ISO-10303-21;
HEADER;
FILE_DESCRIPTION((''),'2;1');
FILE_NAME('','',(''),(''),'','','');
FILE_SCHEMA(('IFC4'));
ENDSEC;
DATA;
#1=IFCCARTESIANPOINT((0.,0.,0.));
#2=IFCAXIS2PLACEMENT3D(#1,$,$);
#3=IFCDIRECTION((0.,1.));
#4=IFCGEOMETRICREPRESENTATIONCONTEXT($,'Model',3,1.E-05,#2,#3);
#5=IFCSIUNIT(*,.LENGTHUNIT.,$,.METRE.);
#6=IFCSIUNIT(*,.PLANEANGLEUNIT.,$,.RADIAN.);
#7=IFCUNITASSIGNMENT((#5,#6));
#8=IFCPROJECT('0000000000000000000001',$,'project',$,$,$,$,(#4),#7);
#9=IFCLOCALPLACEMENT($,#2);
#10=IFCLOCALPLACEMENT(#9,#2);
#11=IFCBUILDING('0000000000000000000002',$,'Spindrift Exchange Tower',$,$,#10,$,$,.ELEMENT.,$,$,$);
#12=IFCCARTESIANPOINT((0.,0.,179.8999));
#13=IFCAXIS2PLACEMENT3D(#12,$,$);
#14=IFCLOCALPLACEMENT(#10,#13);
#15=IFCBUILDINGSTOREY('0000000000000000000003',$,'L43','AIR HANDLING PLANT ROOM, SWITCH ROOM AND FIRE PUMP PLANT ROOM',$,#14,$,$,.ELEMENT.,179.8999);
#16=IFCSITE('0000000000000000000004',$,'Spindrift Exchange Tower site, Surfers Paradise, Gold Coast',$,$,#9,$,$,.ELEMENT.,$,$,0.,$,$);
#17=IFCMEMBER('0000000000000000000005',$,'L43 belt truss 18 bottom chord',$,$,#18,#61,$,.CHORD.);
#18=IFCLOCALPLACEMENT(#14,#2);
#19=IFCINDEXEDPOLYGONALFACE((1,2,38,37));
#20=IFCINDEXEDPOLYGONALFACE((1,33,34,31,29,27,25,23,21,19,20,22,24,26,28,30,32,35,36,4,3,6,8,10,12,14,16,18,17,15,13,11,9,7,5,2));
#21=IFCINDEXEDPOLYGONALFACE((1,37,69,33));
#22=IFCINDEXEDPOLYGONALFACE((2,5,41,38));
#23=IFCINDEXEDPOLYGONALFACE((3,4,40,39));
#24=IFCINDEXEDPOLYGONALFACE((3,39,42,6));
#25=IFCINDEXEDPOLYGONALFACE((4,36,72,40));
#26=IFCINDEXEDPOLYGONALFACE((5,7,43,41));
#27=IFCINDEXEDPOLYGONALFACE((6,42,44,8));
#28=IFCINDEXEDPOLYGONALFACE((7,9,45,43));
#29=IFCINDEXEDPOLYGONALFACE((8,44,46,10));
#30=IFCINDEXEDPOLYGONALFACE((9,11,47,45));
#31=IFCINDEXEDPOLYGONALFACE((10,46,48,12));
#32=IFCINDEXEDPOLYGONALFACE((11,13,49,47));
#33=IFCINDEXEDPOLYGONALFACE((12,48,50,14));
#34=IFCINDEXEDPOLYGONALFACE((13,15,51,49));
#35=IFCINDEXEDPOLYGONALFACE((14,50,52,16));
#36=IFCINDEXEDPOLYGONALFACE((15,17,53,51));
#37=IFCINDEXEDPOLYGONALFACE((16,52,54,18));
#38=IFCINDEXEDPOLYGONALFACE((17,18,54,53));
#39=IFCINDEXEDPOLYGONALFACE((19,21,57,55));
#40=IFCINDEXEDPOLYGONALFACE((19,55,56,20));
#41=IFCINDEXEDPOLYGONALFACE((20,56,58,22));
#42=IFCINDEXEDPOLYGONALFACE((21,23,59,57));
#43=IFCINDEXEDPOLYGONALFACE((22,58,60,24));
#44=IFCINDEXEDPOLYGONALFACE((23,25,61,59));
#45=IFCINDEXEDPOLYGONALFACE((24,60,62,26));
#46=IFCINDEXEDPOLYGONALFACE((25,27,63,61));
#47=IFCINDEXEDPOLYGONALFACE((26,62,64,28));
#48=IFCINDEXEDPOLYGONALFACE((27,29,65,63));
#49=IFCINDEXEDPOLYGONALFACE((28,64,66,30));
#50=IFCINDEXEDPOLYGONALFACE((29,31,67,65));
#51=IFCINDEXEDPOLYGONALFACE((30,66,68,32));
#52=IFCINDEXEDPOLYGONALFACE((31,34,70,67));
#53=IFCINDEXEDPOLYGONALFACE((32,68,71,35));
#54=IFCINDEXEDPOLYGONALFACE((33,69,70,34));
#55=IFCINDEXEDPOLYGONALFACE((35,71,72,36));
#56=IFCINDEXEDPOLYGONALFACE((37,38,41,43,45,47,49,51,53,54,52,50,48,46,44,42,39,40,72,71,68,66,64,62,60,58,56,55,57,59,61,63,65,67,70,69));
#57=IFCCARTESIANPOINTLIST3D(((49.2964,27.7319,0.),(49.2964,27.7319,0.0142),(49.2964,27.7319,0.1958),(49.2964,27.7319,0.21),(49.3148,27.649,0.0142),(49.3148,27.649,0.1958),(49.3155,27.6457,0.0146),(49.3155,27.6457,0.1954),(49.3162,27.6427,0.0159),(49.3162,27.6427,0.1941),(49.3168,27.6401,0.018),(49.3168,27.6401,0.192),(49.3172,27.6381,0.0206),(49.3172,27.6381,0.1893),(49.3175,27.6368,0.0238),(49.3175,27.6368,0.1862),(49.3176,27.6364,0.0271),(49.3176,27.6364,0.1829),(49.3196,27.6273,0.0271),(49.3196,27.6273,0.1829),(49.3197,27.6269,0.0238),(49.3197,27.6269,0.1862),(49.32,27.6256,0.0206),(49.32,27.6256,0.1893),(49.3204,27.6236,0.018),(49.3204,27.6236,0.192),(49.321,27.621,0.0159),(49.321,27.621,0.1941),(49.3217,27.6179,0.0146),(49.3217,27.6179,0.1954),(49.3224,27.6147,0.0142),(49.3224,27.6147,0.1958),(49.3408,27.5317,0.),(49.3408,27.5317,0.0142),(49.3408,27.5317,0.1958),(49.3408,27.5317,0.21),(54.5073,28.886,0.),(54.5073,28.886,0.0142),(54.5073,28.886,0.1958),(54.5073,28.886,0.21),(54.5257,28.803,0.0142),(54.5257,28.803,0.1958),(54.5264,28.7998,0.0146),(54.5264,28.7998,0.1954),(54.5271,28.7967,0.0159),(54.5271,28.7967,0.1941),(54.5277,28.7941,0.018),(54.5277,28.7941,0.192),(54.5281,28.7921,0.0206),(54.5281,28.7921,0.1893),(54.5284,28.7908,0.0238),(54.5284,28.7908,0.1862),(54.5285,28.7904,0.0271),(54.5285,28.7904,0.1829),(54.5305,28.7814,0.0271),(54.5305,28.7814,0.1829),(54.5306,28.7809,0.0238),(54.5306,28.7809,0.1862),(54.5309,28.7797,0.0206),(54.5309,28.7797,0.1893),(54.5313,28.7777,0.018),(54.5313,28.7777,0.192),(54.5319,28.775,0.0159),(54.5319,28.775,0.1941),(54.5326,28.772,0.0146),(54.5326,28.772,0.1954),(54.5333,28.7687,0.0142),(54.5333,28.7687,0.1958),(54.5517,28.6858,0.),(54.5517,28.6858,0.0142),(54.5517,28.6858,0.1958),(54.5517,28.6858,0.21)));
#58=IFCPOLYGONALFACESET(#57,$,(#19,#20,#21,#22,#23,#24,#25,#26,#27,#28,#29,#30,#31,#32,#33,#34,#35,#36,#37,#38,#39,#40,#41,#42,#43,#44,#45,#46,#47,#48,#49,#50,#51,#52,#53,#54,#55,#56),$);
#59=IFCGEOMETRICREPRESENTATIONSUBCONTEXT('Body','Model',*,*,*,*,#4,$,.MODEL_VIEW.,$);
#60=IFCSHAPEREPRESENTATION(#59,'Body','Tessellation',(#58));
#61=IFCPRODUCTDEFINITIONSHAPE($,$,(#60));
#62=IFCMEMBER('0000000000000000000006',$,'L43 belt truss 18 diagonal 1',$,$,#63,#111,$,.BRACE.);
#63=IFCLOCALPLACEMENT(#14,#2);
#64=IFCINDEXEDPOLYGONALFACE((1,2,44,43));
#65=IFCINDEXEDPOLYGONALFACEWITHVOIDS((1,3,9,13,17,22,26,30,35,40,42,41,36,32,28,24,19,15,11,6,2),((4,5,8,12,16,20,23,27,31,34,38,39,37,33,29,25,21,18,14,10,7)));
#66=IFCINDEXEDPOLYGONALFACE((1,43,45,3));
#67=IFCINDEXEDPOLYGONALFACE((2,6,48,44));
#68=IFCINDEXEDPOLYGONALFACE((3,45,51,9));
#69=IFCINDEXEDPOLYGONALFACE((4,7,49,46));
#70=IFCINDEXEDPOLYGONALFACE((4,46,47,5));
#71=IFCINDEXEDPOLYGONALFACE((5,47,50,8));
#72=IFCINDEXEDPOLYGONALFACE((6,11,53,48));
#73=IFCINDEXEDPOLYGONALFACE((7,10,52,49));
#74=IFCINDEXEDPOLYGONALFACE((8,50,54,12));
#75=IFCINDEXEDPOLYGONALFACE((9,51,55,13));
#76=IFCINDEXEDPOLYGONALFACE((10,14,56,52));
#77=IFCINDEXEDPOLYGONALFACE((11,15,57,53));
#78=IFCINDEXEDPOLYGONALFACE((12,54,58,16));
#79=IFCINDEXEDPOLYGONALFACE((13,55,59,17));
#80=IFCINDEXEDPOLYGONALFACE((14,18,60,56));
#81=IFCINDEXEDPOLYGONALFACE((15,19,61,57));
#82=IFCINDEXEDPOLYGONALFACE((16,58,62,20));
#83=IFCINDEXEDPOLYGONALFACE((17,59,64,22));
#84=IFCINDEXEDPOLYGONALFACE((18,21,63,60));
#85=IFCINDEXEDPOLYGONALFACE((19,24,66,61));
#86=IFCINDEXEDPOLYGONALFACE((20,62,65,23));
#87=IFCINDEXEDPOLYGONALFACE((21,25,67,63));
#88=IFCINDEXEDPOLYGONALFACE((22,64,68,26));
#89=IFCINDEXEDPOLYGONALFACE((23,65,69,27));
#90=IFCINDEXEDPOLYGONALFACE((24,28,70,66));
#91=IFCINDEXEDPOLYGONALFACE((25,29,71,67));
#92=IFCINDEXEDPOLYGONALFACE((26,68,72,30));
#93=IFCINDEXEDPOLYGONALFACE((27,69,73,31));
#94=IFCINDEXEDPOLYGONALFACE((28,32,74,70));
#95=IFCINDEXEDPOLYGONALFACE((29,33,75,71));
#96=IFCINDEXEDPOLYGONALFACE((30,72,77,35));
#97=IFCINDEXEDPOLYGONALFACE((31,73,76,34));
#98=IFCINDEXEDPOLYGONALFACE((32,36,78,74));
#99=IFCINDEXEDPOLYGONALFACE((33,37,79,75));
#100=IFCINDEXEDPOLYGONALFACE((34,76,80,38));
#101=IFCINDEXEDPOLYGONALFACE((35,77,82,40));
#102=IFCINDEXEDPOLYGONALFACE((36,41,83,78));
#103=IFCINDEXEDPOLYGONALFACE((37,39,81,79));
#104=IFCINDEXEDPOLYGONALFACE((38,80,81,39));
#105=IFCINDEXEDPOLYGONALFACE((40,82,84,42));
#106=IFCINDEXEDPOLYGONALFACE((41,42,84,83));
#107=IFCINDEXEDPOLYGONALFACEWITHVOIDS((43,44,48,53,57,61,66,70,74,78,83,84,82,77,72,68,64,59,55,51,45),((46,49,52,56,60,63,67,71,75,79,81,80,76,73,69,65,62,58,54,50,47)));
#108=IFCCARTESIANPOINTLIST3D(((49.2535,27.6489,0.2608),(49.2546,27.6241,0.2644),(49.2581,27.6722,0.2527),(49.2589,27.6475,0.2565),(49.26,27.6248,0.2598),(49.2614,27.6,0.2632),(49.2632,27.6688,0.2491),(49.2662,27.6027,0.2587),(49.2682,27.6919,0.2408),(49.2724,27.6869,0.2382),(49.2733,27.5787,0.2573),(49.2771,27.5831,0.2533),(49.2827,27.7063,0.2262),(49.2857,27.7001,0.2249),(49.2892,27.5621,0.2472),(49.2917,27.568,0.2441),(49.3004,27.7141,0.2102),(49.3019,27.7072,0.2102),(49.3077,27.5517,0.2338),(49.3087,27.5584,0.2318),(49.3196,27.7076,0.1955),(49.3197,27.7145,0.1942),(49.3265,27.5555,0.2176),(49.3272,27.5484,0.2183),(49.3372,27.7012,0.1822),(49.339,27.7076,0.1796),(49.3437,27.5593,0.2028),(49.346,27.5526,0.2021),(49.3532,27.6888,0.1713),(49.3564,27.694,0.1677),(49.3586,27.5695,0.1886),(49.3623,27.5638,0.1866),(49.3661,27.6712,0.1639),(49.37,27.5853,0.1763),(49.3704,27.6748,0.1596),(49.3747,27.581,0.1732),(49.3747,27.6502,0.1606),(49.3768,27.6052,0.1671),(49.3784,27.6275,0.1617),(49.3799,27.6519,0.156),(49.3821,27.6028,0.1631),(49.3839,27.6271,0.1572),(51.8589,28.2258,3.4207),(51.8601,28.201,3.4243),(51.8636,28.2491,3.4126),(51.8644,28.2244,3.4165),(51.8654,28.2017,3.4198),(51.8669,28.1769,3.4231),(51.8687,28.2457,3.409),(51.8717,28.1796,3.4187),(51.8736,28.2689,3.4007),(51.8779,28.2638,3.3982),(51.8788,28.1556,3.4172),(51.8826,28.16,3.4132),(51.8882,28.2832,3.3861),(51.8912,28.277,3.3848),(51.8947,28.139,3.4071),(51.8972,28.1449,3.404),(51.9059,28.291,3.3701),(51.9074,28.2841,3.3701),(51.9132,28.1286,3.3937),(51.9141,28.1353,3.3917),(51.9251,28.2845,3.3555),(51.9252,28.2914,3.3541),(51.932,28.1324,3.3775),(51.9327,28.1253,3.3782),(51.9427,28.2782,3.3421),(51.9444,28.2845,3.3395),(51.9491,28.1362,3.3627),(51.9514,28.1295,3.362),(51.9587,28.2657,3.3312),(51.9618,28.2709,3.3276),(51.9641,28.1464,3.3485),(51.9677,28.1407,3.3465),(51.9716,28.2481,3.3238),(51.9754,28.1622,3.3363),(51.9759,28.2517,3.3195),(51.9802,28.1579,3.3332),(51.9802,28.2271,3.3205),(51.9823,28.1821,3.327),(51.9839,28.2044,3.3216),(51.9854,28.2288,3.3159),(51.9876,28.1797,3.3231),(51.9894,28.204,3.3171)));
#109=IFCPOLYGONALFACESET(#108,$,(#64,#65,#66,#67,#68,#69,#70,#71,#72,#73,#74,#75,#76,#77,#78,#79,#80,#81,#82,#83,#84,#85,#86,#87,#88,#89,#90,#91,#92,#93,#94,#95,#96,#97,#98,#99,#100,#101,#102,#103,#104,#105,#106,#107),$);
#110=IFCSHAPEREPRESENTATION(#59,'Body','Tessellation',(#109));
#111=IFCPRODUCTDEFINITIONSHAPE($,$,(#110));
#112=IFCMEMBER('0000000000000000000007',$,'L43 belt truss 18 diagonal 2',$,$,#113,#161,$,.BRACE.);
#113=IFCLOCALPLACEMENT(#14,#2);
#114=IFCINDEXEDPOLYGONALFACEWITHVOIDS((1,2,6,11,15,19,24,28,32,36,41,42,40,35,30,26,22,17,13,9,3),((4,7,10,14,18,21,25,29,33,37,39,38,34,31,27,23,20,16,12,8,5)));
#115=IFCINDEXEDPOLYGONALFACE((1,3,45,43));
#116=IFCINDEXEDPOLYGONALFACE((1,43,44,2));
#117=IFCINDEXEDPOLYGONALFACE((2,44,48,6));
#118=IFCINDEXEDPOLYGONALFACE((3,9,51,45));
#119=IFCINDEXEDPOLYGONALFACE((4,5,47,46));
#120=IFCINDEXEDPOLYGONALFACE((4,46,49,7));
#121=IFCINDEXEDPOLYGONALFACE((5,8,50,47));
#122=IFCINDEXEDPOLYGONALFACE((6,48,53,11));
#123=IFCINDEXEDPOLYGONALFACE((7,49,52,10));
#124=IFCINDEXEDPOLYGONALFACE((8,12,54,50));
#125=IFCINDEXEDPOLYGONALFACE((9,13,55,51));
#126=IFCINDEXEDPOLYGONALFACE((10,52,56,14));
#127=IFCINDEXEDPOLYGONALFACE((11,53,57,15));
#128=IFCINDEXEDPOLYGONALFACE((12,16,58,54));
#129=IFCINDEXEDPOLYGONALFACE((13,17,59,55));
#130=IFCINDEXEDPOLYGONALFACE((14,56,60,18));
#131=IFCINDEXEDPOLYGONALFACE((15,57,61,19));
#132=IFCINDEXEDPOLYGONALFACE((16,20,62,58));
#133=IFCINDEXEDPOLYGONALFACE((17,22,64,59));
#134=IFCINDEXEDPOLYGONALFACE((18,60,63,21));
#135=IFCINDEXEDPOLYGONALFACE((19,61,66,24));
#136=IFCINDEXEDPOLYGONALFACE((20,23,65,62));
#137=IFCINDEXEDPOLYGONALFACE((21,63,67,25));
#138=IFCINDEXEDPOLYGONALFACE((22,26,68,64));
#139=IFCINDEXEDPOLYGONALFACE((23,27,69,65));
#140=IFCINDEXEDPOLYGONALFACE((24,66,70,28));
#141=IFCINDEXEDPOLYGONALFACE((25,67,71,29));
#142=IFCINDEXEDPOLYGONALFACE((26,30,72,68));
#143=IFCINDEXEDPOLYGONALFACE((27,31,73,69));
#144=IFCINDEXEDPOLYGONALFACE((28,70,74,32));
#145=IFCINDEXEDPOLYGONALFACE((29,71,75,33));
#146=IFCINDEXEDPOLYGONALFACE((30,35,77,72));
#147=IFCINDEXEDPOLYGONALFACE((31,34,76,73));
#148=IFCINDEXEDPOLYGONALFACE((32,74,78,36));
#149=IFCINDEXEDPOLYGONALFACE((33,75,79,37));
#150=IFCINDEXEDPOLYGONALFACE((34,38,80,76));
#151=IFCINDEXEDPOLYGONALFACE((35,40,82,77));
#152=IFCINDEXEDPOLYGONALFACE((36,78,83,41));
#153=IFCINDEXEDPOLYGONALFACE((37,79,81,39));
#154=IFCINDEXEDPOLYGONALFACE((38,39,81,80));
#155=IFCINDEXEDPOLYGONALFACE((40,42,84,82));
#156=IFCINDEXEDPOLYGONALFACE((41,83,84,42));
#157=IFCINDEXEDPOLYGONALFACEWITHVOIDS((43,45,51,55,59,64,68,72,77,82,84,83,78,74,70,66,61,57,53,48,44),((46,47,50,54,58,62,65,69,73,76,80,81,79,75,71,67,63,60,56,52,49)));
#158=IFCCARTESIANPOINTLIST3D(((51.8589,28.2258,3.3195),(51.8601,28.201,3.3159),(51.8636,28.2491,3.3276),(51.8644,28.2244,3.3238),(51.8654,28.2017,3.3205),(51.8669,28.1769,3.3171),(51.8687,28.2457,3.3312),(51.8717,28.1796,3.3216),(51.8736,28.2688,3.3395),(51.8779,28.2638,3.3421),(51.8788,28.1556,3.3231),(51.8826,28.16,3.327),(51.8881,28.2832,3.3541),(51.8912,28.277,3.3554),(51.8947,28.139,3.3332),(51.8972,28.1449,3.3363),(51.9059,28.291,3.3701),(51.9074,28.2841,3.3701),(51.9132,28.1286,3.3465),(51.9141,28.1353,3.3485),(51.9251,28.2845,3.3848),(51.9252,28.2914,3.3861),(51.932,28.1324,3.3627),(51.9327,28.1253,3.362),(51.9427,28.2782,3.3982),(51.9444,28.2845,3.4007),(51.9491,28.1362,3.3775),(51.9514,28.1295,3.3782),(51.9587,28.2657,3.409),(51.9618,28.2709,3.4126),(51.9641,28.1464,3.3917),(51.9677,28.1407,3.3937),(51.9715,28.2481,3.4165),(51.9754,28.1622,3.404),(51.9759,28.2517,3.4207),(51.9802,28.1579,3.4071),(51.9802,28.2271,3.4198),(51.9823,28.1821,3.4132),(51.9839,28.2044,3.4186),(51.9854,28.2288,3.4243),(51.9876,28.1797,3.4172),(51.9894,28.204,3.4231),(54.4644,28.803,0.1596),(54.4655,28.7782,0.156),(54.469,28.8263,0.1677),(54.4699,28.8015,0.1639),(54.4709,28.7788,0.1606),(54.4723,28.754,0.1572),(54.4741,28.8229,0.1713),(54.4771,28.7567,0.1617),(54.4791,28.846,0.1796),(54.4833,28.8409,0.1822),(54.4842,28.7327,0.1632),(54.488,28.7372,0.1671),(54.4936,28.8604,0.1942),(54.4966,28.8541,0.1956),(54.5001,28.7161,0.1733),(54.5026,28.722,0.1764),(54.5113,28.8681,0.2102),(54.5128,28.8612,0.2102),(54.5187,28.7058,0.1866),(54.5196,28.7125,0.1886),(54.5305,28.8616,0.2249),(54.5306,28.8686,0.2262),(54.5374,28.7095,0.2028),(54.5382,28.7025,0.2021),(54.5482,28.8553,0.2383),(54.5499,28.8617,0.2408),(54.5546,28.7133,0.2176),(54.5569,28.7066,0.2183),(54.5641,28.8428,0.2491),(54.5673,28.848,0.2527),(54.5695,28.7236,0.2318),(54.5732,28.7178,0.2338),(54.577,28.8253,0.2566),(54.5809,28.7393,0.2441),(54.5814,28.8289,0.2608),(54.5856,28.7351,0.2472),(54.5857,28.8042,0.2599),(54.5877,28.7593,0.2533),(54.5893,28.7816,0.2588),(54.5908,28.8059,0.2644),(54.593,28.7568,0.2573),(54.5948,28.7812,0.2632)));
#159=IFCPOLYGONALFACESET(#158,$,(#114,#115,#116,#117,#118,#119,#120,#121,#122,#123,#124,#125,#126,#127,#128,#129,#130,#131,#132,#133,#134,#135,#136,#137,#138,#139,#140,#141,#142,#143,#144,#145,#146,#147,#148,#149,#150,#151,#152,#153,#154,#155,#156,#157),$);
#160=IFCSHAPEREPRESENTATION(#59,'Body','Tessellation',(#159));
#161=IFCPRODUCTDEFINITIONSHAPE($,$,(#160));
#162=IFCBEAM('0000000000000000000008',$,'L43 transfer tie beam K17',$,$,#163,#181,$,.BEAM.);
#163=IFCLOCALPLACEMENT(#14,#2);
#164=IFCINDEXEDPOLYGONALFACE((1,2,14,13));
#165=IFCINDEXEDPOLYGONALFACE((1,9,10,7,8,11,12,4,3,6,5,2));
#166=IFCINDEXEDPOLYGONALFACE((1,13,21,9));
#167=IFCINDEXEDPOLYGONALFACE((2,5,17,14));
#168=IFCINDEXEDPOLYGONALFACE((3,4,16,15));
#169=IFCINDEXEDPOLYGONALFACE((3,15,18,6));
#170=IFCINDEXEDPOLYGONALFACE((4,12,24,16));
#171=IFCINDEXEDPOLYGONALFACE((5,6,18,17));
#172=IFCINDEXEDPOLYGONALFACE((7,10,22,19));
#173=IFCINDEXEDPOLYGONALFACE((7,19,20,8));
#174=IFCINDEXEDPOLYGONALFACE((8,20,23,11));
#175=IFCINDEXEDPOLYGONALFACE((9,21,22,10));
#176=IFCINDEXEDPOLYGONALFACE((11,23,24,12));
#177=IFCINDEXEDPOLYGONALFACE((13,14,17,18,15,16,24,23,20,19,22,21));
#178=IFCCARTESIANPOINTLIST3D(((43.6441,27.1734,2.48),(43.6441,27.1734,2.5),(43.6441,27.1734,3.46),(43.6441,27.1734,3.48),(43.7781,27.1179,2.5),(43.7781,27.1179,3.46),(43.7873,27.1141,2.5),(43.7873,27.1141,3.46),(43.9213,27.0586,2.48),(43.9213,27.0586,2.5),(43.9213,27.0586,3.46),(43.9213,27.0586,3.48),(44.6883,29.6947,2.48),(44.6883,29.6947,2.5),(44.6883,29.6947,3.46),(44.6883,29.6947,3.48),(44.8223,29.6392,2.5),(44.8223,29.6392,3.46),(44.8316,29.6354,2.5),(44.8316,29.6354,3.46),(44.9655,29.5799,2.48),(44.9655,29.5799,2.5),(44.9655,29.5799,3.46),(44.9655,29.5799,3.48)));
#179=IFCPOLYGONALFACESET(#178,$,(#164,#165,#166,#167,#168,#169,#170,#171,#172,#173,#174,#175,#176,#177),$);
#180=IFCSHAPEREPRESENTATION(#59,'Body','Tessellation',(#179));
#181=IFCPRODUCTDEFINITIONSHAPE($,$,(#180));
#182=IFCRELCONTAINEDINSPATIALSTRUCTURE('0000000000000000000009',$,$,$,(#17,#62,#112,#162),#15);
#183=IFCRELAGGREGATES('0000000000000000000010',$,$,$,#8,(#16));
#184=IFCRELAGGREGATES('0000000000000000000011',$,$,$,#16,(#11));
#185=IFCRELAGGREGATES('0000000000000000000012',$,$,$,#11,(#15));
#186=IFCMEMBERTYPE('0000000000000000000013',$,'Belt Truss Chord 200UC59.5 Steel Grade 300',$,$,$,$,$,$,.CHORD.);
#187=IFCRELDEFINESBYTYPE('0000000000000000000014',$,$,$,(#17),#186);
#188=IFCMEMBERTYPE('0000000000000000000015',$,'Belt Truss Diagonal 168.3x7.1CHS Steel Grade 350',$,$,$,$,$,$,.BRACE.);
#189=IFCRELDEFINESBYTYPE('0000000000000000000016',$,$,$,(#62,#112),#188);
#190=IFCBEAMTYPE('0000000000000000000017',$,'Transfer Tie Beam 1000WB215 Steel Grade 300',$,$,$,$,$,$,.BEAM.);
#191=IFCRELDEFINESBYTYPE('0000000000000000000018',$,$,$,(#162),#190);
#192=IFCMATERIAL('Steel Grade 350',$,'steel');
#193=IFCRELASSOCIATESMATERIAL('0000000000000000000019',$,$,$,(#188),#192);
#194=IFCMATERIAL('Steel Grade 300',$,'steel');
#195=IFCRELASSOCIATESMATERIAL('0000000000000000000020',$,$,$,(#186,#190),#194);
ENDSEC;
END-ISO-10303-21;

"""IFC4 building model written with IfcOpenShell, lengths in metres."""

from ifc_helpers import new_model, si_unit, direction, frame, origin, origin_2d, place, context, subcontext, project, spatial, hollow_circle, i_section, extrude, source, transform, mapped, material, material_profile, profile_set, type_object, element, save


model = new_model("IFC4")

# Units and contexts
model_context = context("Model", 3, precision=1e-05, world=origin(), true_north=direction((0.0, 1.0)))
body_context = subcontext(model_context, "Body", "Model", "MODEL_VIEW")
ifc_project = project(units=[si_unit("LENGTHUNIT", "METRE"), si_unit("PLANEANGLEUNIT", "RADIAN")], contexts=[model_context])

# Site, building, storey
site_placement = place(None, origin())
site = spatial("IfcSite", under=ifc_project, at=site_placement, Name="Spindrift Exchange Tower site, Surfers Paradise, Gold Coast", CompositionType="ELEMENT", RefElevation=0.0)
building_placement = place(site_placement, origin())
building = spatial("IfcBuilding", under=site, at=building_placement, Name="Spindrift Exchange Tower", CompositionType="ELEMENT")
storey_placement = place(building_placement, frame((0.0, 0.0, 179.8999)))
storey = spatial("IfcBuildingStorey", under=building, at=storey_placement, Name="L43", Description="AIR HANDLING PLANT ROOM, SWITCH ROOM AND FIRE PUMP PLANT ROOM", CompositionType="ELEMENT", Elevation=179.8999)

# Shared definitions
ifc_material_1 = material(Name="Steel Grade 300", Category="steel")

# Members
ifc_material_2 = material(Name="Steel Grade 350", Category="steel")
ifc_material_profile_1 = material_profile(ifc_material_2, hollow_circle(Radius=0.0842, WallThickness=0.0071, at=origin_2d()), Name="168.3x7.1CHS")
ifc_profile_set_1 = profile_set([ifc_material_profile_1], Name="Steel Grade 350")
member_type_1 = type_object("IfcMemberType", Name="Belt Truss Diagonal 168.3x7.1CHS Steel Grade 350", PredefinedType="BRACE", material=ifc_profile_set_1)
ifc_material_profile_2 = material_profile(ifc_material_1, i_section(OverallWidth=0.2051, OverallDepth=0.21, WebThickness=0.0093, FlangeThickness=0.0142, FilletRadius=0.0129, at=origin_2d()), Name="200UC59.5")
ifc_profile_set_2 = profile_set([ifc_material_profile_2], Name="Steel Grade 300")
member_type_2 = type_object("IfcMemberType", Name="Belt Truss Chord 200UC59.5 Steel Grade 300", PredefinedType="CHORD", material=ifc_profile_set_2)
shared_shape_1 = source(origin(), body_context, "Body", "SweptSolid", [
    extrude(i_section(OverallWidth=0.2051, OverallDepth=0.21, WebThickness=0.0093, FlangeThickness=0.0142, FilletRadius=0.0129, at=origin_2d()), origin(), (0.0, 0.0, 1.0), 5.3372),
])
for number, where, z_axis, x_axis, name in (
    (1, (49.3186, 27.6318, 0.105), (0.976343, 0.216228, 0.0), (-0.216228, 0.976343, 0.0), "L43 belt truss 18 bottom chord"),
):
    element("IfcMember", number, at=place(storey_placement, frame(where, z_axis=z_axis, x_axis=x_axis)), inside=storey, type_object=member_type_2, Name=name, PredefinedType="CHORD", context=body_context, shape_type="MappedRepresentation", body=[
        mapped(shared_shape_1, transform((0.0, 0.0, 0.0), scale=1.0)),
    ])
shared_shape_2 = source(origin(), body_context, "Body", "SweptSolid", [
    extrude(hollow_circle(Radius=0.0842, WallThickness=0.0071, at=origin_2d()), origin(), (0.0, 0.0, 1.0), 4.136),
])
for number, where, z_axis, x_axis, name in (
    (2, (49.3186, 27.6318, 0.2102), (0.629952, 0.139484, 0.764006), (-0.216185, 0.976353, 0.0), "L43 belt truss 18 diagonal 1"),
    (3, (51.9241, 28.2087, 3.3701), (0.629947, 0.139542, -0.763999), (-0.216272, 0.976333, 0.0), "L43 belt truss 18 diagonal 2"),
):
    element("IfcMember", number, at=place(storey_placement, frame(where, z_axis=z_axis, x_axis=x_axis)), inside=storey, type_object=member_type_1, Name=name, PredefinedType="BRACE", context=body_context, shape_type="MappedRepresentation", body=[
        mapped(shared_shape_2, transform((0.0, 0.0, 0.0), scale=1.0)),
    ])

# Beam
ifc_material_profile_3 = material_profile(ifc_material_1, i_section(OverallWidth=0.3, OverallDepth=1.0, WebThickness=0.01, FlangeThickness=0.02, at=origin_2d()), Name="1000WB215")
ifc_profile_set_3 = profile_set([ifc_material_profile_3], Name="Steel Grade 300")
beam_type_1 = type_object("IfcBeamType", Name="Transfer Tie Beam 1000WB215 Steel Grade 300", PredefinedType="BEAM", material=ifc_profile_set_3)
shared_shape_3 = source(origin(), body_context, "Body", "SweptSolid", [
    extrude(i_section(OverallWidth=0.3, OverallDepth=1.0, WebThickness=0.01, FlangeThickness=0.02, at=origin_2d()), origin(), (0.0, 0.0, 1.0), 2.729),
])
beam_1_placement = place(storey_placement, frame((43.7827, 27.116, 2.98), z_axis=(0.382639, 0.923898, 0.0), x_axis=(-0.923898, 0.382639, 0.0)))
element("IfcBeam", 4, at=beam_1_placement, inside=storey, type_object=beam_type_1, Name="L43 transfer tie beam K17", PredefinedType="BEAM", context=body_context, shape_type="MappedRepresentation", body=[
    mapped(shared_shape_3, transform((0.0, 0.0, 0.0), scale=1.0)),
])

save(model, "model.ifc")
